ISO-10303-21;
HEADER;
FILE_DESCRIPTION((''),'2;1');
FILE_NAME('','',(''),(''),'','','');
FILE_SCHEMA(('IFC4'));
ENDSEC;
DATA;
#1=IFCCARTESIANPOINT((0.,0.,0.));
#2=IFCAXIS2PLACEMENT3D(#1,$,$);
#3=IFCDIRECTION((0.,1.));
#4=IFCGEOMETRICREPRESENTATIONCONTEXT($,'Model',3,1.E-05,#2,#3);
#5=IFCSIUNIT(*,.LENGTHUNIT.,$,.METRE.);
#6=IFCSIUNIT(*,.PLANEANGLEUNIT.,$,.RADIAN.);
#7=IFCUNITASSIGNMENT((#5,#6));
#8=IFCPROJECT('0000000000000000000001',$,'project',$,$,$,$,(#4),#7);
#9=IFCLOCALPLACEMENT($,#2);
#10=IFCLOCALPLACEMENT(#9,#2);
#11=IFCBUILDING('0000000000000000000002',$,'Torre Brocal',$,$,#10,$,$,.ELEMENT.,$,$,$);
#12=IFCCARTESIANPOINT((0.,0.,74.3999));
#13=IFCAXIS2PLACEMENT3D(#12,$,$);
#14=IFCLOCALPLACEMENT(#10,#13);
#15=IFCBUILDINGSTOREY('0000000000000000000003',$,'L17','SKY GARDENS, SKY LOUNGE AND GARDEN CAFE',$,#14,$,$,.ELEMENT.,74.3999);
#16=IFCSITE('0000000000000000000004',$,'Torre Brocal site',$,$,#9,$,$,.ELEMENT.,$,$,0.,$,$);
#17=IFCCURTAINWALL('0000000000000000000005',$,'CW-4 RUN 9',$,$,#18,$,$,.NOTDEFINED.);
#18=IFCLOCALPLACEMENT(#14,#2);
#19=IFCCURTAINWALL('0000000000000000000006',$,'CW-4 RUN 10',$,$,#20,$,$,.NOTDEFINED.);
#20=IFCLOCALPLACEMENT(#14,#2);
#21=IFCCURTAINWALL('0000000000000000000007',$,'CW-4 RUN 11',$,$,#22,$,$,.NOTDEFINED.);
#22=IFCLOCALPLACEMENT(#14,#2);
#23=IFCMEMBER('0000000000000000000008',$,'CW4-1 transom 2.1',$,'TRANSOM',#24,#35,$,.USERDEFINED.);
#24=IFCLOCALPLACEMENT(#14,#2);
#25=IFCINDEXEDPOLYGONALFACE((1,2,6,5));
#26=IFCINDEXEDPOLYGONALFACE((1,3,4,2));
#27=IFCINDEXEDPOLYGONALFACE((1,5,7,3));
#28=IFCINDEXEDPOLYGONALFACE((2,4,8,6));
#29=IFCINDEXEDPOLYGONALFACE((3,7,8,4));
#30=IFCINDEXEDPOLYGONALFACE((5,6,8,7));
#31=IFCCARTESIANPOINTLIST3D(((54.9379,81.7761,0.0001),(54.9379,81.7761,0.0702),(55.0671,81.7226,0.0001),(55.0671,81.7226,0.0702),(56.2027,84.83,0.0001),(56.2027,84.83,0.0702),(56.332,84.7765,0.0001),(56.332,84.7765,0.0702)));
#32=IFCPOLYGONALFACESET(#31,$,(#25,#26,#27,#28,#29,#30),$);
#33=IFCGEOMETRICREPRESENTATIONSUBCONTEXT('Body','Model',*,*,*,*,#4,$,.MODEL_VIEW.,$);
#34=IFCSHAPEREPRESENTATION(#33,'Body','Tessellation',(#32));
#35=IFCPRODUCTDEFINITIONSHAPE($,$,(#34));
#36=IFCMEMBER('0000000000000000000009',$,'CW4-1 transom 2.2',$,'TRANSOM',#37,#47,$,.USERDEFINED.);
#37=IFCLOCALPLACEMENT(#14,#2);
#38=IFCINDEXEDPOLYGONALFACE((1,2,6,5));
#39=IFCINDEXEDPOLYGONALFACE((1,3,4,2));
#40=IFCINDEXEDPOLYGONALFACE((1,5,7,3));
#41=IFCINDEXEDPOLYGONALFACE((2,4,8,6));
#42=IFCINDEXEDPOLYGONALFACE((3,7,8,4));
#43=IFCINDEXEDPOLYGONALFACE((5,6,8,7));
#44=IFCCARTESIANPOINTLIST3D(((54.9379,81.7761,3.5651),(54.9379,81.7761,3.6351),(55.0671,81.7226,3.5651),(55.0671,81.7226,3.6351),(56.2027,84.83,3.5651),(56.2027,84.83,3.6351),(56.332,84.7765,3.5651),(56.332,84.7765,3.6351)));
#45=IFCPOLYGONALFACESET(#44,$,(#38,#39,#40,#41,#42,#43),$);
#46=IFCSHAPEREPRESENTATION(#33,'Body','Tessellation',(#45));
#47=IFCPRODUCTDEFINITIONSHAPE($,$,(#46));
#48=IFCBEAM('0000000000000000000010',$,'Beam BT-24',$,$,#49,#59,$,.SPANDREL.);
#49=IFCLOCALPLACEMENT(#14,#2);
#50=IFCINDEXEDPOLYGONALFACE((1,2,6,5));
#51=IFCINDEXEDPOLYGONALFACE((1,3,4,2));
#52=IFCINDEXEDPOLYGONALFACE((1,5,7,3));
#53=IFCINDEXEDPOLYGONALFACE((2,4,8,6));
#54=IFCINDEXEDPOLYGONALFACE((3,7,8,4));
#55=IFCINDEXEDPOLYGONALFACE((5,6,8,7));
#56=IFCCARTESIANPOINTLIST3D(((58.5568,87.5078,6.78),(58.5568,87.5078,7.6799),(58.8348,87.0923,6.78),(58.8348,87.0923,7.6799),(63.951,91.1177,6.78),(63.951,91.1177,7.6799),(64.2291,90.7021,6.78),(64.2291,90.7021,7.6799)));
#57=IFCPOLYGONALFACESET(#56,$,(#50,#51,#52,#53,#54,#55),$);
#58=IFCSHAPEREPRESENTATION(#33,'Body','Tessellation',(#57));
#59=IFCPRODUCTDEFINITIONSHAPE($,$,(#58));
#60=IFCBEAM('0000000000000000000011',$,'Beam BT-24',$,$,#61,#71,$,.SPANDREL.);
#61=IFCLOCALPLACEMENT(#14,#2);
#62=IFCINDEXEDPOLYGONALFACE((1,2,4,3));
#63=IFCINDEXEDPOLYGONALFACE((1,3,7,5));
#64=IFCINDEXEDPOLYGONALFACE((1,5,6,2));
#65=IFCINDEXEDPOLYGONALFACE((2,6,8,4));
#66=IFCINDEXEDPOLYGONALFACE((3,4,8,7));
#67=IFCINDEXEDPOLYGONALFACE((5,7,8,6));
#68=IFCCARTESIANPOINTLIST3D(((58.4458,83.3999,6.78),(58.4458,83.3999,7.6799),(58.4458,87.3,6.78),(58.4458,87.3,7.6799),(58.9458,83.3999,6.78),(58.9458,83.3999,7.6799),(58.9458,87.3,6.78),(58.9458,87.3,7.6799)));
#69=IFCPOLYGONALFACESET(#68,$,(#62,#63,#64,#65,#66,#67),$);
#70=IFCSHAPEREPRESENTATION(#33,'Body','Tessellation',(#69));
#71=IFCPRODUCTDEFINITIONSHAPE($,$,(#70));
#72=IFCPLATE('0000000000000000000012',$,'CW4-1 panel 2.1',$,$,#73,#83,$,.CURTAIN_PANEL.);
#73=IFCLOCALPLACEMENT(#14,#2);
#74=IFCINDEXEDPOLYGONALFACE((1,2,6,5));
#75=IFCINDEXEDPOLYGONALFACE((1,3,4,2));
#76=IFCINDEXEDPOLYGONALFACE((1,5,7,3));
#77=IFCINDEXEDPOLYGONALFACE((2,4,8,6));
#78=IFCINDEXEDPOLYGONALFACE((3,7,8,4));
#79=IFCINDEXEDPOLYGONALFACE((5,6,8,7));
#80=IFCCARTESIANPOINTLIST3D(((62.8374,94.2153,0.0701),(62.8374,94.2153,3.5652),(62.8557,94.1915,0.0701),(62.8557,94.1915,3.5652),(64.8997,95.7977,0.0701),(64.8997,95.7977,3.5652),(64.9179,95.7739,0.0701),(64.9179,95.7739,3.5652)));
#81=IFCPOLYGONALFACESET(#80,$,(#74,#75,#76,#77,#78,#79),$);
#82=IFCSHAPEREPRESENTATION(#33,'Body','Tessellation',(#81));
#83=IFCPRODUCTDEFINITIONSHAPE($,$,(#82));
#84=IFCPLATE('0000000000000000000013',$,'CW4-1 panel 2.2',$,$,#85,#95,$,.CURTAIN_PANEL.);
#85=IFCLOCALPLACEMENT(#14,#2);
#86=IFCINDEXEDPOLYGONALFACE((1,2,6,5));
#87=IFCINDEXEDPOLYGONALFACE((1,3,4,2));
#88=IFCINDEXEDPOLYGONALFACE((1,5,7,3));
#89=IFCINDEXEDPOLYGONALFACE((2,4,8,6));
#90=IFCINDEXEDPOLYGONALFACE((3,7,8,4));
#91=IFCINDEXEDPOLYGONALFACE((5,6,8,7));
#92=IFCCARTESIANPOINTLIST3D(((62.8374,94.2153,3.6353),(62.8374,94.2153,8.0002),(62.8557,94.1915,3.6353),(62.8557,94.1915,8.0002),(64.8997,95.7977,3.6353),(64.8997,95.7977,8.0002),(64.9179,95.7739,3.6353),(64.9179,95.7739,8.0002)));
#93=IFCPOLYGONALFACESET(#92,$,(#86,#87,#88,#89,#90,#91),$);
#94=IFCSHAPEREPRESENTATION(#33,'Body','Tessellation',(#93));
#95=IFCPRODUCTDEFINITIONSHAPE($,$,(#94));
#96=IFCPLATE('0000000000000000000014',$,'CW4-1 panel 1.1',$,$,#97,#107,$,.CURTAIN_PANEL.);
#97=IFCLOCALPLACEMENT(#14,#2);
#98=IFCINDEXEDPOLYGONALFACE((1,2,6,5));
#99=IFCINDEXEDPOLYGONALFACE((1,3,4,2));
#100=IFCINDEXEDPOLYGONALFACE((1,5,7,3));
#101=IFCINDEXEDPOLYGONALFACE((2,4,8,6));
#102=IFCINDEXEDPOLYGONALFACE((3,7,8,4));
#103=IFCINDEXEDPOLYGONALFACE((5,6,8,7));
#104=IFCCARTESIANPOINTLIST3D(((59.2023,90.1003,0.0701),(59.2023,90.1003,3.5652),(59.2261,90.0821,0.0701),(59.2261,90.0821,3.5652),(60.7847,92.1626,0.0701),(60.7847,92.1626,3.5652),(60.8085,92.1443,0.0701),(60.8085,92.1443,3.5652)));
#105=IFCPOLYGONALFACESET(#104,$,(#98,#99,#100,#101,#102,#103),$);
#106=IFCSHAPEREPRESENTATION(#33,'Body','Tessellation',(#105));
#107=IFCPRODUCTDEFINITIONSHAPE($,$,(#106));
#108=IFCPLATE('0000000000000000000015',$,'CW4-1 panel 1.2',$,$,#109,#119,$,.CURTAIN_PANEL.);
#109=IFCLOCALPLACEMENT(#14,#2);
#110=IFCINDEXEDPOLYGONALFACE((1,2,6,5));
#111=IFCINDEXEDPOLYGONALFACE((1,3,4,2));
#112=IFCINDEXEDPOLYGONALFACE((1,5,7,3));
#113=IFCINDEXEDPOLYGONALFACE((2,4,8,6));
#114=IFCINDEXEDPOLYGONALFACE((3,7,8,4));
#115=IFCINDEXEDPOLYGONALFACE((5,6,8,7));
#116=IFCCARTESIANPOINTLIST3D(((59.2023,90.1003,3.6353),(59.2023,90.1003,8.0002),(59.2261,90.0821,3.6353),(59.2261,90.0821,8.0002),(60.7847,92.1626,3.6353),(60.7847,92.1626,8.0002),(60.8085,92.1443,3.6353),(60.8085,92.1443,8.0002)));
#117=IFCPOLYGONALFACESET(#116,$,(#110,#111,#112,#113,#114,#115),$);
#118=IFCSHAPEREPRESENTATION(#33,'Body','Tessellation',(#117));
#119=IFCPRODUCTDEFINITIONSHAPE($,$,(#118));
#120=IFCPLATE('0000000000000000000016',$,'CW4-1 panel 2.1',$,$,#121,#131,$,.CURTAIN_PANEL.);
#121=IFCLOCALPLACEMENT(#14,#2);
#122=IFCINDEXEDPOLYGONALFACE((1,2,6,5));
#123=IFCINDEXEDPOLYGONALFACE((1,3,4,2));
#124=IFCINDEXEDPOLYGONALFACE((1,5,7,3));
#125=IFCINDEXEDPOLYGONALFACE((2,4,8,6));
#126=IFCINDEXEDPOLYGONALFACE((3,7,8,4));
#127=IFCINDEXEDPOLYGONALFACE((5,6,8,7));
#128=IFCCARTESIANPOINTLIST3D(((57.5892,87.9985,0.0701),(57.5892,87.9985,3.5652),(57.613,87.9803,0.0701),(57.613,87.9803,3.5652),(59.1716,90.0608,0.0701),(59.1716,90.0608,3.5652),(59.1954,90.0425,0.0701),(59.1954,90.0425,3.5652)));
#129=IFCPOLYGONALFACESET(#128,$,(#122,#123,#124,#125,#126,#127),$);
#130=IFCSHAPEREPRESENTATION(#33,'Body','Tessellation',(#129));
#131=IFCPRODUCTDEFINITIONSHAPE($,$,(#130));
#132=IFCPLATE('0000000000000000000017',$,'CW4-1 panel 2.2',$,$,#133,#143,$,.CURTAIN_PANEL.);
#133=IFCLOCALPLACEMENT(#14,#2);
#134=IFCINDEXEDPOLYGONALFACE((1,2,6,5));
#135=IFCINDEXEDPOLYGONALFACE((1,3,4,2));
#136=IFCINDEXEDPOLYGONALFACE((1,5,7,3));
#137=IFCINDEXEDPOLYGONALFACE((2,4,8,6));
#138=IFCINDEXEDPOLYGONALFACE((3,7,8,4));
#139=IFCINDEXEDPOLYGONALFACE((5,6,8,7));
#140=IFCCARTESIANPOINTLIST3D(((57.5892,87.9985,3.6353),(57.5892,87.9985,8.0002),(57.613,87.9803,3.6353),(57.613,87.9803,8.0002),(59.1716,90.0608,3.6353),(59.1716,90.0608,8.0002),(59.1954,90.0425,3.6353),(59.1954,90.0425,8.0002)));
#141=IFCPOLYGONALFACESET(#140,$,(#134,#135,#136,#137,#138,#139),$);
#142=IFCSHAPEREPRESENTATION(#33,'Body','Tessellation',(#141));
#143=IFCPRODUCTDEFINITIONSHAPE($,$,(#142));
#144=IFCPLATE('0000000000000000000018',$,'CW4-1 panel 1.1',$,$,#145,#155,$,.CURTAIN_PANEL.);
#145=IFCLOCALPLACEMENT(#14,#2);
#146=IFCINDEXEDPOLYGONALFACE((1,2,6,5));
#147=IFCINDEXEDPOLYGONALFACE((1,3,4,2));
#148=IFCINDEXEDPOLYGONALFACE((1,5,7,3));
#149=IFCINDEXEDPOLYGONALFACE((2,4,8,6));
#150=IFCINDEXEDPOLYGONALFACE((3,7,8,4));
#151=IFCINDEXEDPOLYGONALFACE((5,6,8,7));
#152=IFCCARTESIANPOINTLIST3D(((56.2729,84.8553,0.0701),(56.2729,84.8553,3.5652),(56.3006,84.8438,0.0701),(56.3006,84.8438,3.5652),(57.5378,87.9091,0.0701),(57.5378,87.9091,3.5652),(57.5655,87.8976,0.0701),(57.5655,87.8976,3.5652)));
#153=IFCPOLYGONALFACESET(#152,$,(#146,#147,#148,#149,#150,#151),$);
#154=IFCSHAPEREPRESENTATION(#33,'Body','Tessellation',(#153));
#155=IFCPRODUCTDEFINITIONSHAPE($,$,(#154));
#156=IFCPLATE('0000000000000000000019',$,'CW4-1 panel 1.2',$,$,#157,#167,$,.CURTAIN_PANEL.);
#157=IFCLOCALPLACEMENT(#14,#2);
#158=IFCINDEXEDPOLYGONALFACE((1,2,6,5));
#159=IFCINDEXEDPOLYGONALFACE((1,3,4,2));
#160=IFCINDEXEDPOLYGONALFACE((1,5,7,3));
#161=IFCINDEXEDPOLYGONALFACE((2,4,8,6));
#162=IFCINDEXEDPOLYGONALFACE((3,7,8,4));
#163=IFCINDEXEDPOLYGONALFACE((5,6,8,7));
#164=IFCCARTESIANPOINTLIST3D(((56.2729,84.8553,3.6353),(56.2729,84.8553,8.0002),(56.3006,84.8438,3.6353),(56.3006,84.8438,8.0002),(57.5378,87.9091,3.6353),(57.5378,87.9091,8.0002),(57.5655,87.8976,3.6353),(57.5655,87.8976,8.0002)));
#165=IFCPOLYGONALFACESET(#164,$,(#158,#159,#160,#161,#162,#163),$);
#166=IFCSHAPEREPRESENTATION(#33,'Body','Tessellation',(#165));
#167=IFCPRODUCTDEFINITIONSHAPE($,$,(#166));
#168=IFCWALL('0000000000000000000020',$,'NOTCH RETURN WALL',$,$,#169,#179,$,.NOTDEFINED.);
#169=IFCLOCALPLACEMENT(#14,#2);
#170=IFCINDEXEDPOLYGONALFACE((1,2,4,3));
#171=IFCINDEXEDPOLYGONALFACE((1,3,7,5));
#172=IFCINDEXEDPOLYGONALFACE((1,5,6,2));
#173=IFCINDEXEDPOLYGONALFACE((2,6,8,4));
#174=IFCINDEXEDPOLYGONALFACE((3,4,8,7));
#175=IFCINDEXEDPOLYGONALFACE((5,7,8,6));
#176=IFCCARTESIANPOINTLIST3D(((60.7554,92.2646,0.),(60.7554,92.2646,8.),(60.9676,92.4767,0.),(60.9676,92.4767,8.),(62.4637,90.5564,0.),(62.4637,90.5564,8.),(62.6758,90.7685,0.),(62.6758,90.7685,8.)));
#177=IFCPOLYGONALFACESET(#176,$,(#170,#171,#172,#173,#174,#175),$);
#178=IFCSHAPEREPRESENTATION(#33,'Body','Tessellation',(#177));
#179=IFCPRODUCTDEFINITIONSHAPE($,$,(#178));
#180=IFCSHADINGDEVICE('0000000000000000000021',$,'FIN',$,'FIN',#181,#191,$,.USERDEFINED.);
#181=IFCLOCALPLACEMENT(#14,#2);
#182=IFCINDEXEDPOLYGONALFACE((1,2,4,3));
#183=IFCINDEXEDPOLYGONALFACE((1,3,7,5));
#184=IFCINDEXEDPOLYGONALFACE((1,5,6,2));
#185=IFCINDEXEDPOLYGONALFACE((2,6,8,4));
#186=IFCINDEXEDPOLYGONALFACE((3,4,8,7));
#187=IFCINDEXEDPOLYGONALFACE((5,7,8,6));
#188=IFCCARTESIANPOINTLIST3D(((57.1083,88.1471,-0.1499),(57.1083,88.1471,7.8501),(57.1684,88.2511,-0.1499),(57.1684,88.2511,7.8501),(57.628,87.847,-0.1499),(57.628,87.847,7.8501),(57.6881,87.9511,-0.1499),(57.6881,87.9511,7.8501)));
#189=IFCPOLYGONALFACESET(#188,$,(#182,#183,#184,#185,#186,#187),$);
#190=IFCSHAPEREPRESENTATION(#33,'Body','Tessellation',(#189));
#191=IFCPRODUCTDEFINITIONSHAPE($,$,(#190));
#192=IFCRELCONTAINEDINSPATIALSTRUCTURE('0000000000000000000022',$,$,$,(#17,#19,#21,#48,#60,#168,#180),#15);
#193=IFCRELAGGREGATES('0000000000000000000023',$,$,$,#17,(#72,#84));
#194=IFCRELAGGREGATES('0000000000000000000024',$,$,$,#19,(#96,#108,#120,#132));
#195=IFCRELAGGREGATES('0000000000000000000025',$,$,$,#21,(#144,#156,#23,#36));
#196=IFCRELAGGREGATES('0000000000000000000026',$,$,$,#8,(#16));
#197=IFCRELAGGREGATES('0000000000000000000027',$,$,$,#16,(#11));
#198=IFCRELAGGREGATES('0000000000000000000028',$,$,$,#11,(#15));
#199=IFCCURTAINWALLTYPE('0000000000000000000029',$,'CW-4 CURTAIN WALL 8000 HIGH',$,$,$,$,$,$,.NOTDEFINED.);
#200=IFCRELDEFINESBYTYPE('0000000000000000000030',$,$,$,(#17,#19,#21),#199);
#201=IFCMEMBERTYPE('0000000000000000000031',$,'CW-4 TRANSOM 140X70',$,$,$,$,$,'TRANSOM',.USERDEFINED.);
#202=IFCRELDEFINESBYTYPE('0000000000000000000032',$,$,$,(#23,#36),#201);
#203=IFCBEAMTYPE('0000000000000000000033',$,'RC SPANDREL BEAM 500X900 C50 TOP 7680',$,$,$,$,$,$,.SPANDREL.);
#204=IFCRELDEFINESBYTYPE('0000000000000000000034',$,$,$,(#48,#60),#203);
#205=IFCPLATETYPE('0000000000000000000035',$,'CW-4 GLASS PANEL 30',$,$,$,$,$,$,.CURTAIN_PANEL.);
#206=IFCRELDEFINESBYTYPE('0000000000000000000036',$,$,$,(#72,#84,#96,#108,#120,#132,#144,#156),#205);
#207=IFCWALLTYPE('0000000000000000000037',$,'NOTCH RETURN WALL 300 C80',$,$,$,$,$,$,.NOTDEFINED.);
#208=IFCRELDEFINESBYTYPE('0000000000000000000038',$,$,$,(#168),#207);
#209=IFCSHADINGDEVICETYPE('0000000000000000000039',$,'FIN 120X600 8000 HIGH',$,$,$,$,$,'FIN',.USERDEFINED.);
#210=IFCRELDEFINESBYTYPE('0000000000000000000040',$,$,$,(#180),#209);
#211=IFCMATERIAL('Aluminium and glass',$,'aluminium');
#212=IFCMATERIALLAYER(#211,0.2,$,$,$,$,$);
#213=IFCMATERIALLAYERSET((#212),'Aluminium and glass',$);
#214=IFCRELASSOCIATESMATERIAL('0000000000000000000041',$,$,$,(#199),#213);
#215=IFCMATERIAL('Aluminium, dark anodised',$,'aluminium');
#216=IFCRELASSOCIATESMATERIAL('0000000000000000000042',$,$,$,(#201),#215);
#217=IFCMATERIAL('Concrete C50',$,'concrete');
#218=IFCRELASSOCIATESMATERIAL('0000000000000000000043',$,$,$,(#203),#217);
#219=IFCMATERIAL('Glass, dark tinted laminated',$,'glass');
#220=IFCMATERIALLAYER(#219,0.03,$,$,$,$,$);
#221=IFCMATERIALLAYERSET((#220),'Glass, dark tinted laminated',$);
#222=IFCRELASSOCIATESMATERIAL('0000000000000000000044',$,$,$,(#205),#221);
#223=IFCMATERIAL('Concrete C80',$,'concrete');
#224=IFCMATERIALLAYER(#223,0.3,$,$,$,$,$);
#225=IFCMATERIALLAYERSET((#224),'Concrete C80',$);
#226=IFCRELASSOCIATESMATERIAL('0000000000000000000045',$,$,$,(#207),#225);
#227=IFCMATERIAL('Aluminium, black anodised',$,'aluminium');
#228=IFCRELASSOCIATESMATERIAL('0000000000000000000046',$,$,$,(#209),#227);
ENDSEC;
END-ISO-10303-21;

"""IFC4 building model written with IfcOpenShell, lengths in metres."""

from ifc_helpers import new_model, si_unit, direction, frame, frame_2d, origin, origin_2d, place, context, subcontext, project, spatial, rectangle, extrude, material, layer, layer_set, material_profile, profile_set, type_object, element, aggregate, save


model = new_model("IFC4")

# Units and contexts
model_context = context("Model", 3, precision=1e-05, world=origin(), true_north=direction((0.0, 1.0)))
body_context = subcontext(model_context, "Body", "Model", "MODEL_VIEW")
ifc_project = project(units=[si_unit("LENGTHUNIT", "METRE"), si_unit("PLANEANGLEUNIT", "RADIAN")], contexts=[model_context])

# Site, building, storey
site_placement = place(None, origin())
site = spatial("IfcSite", under=ifc_project, at=site_placement, Name="Torre Brocal site", CompositionType="ELEMENT", RefElevation=0.0)
building_placement = place(site_placement, origin())
building = spatial("IfcBuilding", under=site, at=building_placement, Name="Torre Brocal", CompositionType="ELEMENT")
storey_placement = place(building_placement, frame((0.0, 0.0, 74.3999)))
storey = spatial("IfcBuildingStorey", under=building, at=storey_placement, Name="L17", Description="SKY GARDENS, SKY LOUNGE AND GARDEN CAFE", CompositionType="ELEMENT", Elevation=74.3999)

# Curtain wall
ifc_material_1 = material(Name="Aluminium and glass", Category="aluminium")
ifc_layer_1 = layer(ifc_material_1, 0.2)
ifc_layer_set_1 = layer_set([ifc_layer_1], Name="Aluminium and glass")
curtain_wall_type = type_object("IfcCurtainWallType", Name="CW-4 CURTAIN WALL 8000 HIGH", PredefinedType="NOTDEFINED", material=ifc_layer_set_1)
curtain_wall_1_placement = place(storey_placement, origin())
curtain_wall_1 = element("IfcCurtainWall", 1, at=curtain_wall_1_placement, inside=storey, type_object=curtain_wall_type, Name="CW-4 RUN 9", PredefinedType="NOTDEFINED")

# Curtain walls
curtain_wall_2_placement = place(storey_placement, origin())
curtain_wall_2 = element("IfcCurtainWall", 2, at=curtain_wall_2_placement, inside=storey, type_object=curtain_wall_type, Name="CW-4 RUN 10", PredefinedType="NOTDEFINED")
curtain_wall_3_placement = place(storey_placement, origin())
curtain_wall_3 = element("IfcCurtainWall", 3, at=curtain_wall_3_placement, inside=storey, type_object=curtain_wall_type, Name="CW-4 RUN 11", PredefinedType="NOTDEFINED")

# Members
ifc_material_2 = material(Name="Aluminium, dark anodised", Category="aluminium")
ifc_material_profile_1 = material_profile(ifc_material_2, rectangle(XDim=0.1399, YDim=0.0701, at=origin_2d()), Name="CW-4 TRANSOM 140X70")
ifc_profile_set_1 = profile_set([ifc_material_profile_1], Name="Aluminium, dark anodised")
member_type_1 = type_object("IfcMemberType", Name="CW-4 TRANSOM 140X70", ElementType="TRANSOM", PredefinedType="USERDEFINED", material=ifc_profile_set_1)
member_1_placement = place(storey_placement, frame((56.2673, 84.8032, 0.0352), z_axis=(-0.382658, -0.92389, 0.0), x_axis=(0.92389, -0.382658, 0.0)))
member_1 = element("IfcMember", 4, at=member_1_placement, type_object=member_type_1, Name="CW4-1 transom 2.1", ObjectType="TRANSOM", PredefinedType="USERDEFINED", context=body_context, shape_type="SweptSolid", body=[
    extrude(rectangle(XDim=0.1399, YDim=0.0701, at=origin_2d()), origin(), (0.0, 0.0, 1.0), 3.3054),
])
member_2_placement = place(storey_placement, frame((56.2673, 84.8032, 3.6001), z_axis=(-0.382658, -0.92389, 0.0), x_axis=(0.92389, -0.382658, 0.0)))
member_2 = element("IfcMember", 5, at=member_2_placement, type_object=member_type_1, Name="CW4-1 transom 2.2", ObjectType="TRANSOM", PredefinedType="USERDEFINED", context=body_context, shape_type="SweptSolid", body=[
    extrude(rectangle(XDim=0.1399, YDim=0.0701, at=origin_2d()), origin(), (0.0, 0.0, 1.0), 3.3054),
])

# Beams
ifc_material_3 = material(Name="Concrete C50", Category="concrete")
ifc_material_profile_2 = material_profile(ifc_material_3, rectangle(XDim=0.5, YDim=0.8999, at=origin_2d()), Name="RC 500X900")
ifc_profile_set_2 = profile_set([ifc_material_profile_2], Name="Concrete C50")
beam_type = type_object("IfcBeamType", Name="RC SPANDREL BEAM 500X900 C50 TOP 7680", PredefinedType="SPANDREL", material=ifc_profile_set_2)
beam_1_placement = place(storey_placement, frame((64.0901, 90.9099, 7.23), z_axis=(-0.831077, -0.556158, 0.0), x_axis=(0.556158, -0.831077, 0.0)))
element("IfcBeam", 6, at=beam_1_placement, inside=storey, type_object=beam_type, Name="Beam BT-24", PredefinedType="SPANDREL", context=body_context, shape_type="SweptSolid", body=[
    extrude(rectangle(XDim=0.5, YDim=0.8999, at=origin_2d()), origin(), (0.0, 0.0, 1.0), 6.4907),
])
beam_2_placement = place(storey_placement, frame((58.6958, 87.3, 7.23), z_axis=(0.0, -1.0, 0.0), x_axis=(1.0, 0.0, 0.0)))
element("IfcBeam", 7, at=beam_2_placement, inside=storey, type_object=beam_type, Name="Beam BT-24", PredefinedType="SPANDREL", context=body_context, shape_type="SweptSolid", body=[
    extrude(rectangle(XDim=0.5, YDim=0.8999, at=origin_2d()), origin(), (0.0, 0.0, 1.0), 3.9001),
])

# Plates
ifc_material_4 = material(Name="Glass, dark tinted laminated", Category="glass")
ifc_layer_2 = layer(ifc_material_4, 0.03)
ifc_layer_set_2 = layer_set([ifc_layer_2], Name="Glass, dark tinted laminated")
plate_type = type_object("IfcPlateType", Name="CW-4 GLASS PANEL 30", PredefinedType="CURTAIN_PANEL", material=ifc_layer_set_2)
plate_1_placement = place(storey_placement, frame((63.8777, 94.9946, 0.0701), z_axis=(0.0, 0.0, 1.0), x_axis=(-0.793353, -0.608761, 0.0)))
plate_1 = element("IfcPlate", 8, at=plate_1_placement, type_object=plate_type, Name="CW4-1 panel 2.1", PredefinedType="CURTAIN_PANEL", context=body_context, shape_type="SweptSolid", body=[
    extrude(rectangle(XDim=2.5994, YDim=0.03, at=origin_2d()), origin(), (0.0, 0.0, 1.0), 3.4951),
])
plate_2_placement = place(storey_placement, frame((63.8777, 94.9946, 3.6353), z_axis=(0.0, 0.0, 1.0), x_axis=(-0.793353, -0.608761, 0.0)))
plate_2 = element("IfcPlate", 9, at=plate_2_placement, type_object=plate_type, Name="CW4-1 panel 2.2", PredefinedType="CURTAIN_PANEL", context=body_context, shape_type="SweptSolid", body=[
    extrude(rectangle(XDim=2.5994, YDim=0.03, at=origin_2d()), origin(), (0.0, 0.0, 1.0), 4.365),
])
aggregate(curtain_wall_1, [plate_1, plate_2])
plate_3_placement = place(storey_placement, frame((60.0054, 91.1223, 0.0701), z_axis=(0.0, 0.0, 1.0), x_axis=(-0.608761, -0.793353, 0.0)))
plate_3 = element("IfcPlate", 10, at=plate_3_placement, type_object=plate_type, Name="CW4-1 panel 1.1", PredefinedType="CURTAIN_PANEL", context=body_context, shape_type="SweptSolid", body=[
    extrude(rectangle(XDim=2.5994, YDim=0.03, at=origin_2d()), origin(), (0.0, 0.0, 1.0), 3.4951),
])
plate_4_placement = place(storey_placement, frame((60.0054, 91.1223, 3.6353), z_axis=(0.0, 0.0, 1.0), x_axis=(-0.608761, -0.793353, 0.0)))
plate_4 = element("IfcPlate", 11, at=plate_4_placement, type_object=plate_type, Name="CW4-1 panel 1.2", PredefinedType="CURTAIN_PANEL", context=body_context, shape_type="SweptSolid", body=[
    extrude(rectangle(XDim=2.5994, YDim=0.03, at=origin_2d()), origin(), (0.0, 0.0, 1.0), 4.365),
])
plate_5_placement = place(storey_placement, frame((58.3923, 89.0205, 0.0701), z_axis=(0.0, 0.0, 1.0), x_axis=(-0.608761, -0.793353, 0.0)))
plate_5 = element("IfcPlate", 12, at=plate_5_placement, type_object=plate_type, Name="CW4-1 panel 2.1", PredefinedType="CURTAIN_PANEL", context=body_context, shape_type="SweptSolid", body=[
    extrude(rectangle(XDim=2.5994, YDim=0.03, at=origin_2d()), origin(), (0.0, 0.0, 1.0), 3.4951),
])
plate_6_placement = place(storey_placement, frame((58.3923, 89.0205, 3.6353), z_axis=(0.0, 0.0, 1.0), x_axis=(-0.608761, -0.793353, 0.0)))
plate_6 = element("IfcPlate", 13, at=plate_6_placement, type_object=plate_type, Name="CW4-1 panel 2.2", PredefinedType="CURTAIN_PANEL", context=body_context, shape_type="SweptSolid", body=[
    extrude(rectangle(XDim=2.5994, YDim=0.03, at=origin_2d()), origin(), (0.0, 0.0, 1.0), 4.365),
])
aggregate(curtain_wall_2, [plate_3, plate_4, plate_5, plate_6])
plate_7_placement = place(storey_placement, frame((56.9192, 86.3765, 0.0701), z_axis=(0.0, 0.0, 1.0), x_axis=(-0.382683, -0.92388, 0.0)))
plate_7 = element("IfcPlate", 14, at=plate_7_placement, type_object=plate_type, Name="CW4-1 panel 1.1", PredefinedType="CURTAIN_PANEL", context=body_context, shape_type="SweptSolid", body=[
    extrude(rectangle(XDim=3.3054, YDim=0.03, at=origin_2d()), origin(), (0.0, 0.0, 1.0), 3.4951),
])
plate_8_placement = place(storey_placement, frame((56.9192, 86.3765, 3.6353), z_axis=(0.0, 0.0, 1.0), x_axis=(-0.382683, -0.92388, 0.0)))
plate_8 = element("IfcPlate", 15, at=plate_8_placement, type_object=plate_type, Name="CW4-1 panel 1.2", PredefinedType="CURTAIN_PANEL", context=body_context, shape_type="SweptSolid", body=[
    extrude(rectangle(XDim=3.3054, YDim=0.03, at=origin_2d()), origin(), (0.0, 0.0, 1.0), 4.365),
])
aggregate(curtain_wall_3, [plate_7, plate_8, member_1, member_2])

# Wall
ifc_material_5 = material(Name="Concrete C80", Category="concrete")
ifc_layer_3 = layer(ifc_material_5, 0.3)
ifc_layer_set_3 = layer_set([ifc_layer_3], Name="Concrete C80")
wall_type = type_object("IfcWallType", Name="NOTCH RETURN WALL 300 C80", PredefinedType="NOTDEFINED", material=ifc_layer_set_3)
wall_placement = place(storey_placement, frame((62.5698, 90.6624, 0.0), z_axis=(0.0, 0.0, 1.0), x_axis=(-0.707107, 0.707107, 0.0)))
element("IfcWall", 16, at=wall_placement, inside=storey, type_object=wall_type, Name="NOTCH RETURN WALL", PredefinedType="NOTDEFINED", context=body_context, shape_type="SweptSolid", body=[
    extrude(rectangle(XDim=2.4158, YDim=0.3, at=frame_2d((1.208, 0.0))), origin(), (0.0, 0.0, 1.0), 8.0),
])

# Shading device
ifc_material_6 = material(Name="Aluminium, black anodised", Category="aluminium")
ifc_material_profile_3 = material_profile(ifc_material_6, rectangle(XDim=0.1201, YDim=0.6001, at=origin_2d()), Name="FIN 120X600 8000 HIGH")
ifc_profile_set_3 = profile_set([ifc_material_profile_3], Name="Aluminium, black anodised")
shading_device_type = type_object("IfcShadingDeviceType", Name="FIN 120X600 8000 HIGH", ElementType="FIN", PredefinedType="USERDEFINED", material=ifc_profile_set_3)
shading_device_placement = place(storey_placement, frame((57.3982, 88.0491, -0.1499), z_axis=(0.0, 0.0, 1.0), x_axis=(-0.5, -0.866025, 0.0)))
element("IfcShadingDevice", 17, at=shading_device_placement, inside=storey, type_object=shading_device_type, Name="FIN", ObjectType="FIN", PredefinedType="USERDEFINED", context=body_context, shape_type="SweptSolid", body=[
    extrude(rectangle(XDim=0.1201, YDim=0.6001, at=origin_2d()), origin(), (0.0, 0.0, 1.0), 8.0),
])

save(model, "model.ifc")
